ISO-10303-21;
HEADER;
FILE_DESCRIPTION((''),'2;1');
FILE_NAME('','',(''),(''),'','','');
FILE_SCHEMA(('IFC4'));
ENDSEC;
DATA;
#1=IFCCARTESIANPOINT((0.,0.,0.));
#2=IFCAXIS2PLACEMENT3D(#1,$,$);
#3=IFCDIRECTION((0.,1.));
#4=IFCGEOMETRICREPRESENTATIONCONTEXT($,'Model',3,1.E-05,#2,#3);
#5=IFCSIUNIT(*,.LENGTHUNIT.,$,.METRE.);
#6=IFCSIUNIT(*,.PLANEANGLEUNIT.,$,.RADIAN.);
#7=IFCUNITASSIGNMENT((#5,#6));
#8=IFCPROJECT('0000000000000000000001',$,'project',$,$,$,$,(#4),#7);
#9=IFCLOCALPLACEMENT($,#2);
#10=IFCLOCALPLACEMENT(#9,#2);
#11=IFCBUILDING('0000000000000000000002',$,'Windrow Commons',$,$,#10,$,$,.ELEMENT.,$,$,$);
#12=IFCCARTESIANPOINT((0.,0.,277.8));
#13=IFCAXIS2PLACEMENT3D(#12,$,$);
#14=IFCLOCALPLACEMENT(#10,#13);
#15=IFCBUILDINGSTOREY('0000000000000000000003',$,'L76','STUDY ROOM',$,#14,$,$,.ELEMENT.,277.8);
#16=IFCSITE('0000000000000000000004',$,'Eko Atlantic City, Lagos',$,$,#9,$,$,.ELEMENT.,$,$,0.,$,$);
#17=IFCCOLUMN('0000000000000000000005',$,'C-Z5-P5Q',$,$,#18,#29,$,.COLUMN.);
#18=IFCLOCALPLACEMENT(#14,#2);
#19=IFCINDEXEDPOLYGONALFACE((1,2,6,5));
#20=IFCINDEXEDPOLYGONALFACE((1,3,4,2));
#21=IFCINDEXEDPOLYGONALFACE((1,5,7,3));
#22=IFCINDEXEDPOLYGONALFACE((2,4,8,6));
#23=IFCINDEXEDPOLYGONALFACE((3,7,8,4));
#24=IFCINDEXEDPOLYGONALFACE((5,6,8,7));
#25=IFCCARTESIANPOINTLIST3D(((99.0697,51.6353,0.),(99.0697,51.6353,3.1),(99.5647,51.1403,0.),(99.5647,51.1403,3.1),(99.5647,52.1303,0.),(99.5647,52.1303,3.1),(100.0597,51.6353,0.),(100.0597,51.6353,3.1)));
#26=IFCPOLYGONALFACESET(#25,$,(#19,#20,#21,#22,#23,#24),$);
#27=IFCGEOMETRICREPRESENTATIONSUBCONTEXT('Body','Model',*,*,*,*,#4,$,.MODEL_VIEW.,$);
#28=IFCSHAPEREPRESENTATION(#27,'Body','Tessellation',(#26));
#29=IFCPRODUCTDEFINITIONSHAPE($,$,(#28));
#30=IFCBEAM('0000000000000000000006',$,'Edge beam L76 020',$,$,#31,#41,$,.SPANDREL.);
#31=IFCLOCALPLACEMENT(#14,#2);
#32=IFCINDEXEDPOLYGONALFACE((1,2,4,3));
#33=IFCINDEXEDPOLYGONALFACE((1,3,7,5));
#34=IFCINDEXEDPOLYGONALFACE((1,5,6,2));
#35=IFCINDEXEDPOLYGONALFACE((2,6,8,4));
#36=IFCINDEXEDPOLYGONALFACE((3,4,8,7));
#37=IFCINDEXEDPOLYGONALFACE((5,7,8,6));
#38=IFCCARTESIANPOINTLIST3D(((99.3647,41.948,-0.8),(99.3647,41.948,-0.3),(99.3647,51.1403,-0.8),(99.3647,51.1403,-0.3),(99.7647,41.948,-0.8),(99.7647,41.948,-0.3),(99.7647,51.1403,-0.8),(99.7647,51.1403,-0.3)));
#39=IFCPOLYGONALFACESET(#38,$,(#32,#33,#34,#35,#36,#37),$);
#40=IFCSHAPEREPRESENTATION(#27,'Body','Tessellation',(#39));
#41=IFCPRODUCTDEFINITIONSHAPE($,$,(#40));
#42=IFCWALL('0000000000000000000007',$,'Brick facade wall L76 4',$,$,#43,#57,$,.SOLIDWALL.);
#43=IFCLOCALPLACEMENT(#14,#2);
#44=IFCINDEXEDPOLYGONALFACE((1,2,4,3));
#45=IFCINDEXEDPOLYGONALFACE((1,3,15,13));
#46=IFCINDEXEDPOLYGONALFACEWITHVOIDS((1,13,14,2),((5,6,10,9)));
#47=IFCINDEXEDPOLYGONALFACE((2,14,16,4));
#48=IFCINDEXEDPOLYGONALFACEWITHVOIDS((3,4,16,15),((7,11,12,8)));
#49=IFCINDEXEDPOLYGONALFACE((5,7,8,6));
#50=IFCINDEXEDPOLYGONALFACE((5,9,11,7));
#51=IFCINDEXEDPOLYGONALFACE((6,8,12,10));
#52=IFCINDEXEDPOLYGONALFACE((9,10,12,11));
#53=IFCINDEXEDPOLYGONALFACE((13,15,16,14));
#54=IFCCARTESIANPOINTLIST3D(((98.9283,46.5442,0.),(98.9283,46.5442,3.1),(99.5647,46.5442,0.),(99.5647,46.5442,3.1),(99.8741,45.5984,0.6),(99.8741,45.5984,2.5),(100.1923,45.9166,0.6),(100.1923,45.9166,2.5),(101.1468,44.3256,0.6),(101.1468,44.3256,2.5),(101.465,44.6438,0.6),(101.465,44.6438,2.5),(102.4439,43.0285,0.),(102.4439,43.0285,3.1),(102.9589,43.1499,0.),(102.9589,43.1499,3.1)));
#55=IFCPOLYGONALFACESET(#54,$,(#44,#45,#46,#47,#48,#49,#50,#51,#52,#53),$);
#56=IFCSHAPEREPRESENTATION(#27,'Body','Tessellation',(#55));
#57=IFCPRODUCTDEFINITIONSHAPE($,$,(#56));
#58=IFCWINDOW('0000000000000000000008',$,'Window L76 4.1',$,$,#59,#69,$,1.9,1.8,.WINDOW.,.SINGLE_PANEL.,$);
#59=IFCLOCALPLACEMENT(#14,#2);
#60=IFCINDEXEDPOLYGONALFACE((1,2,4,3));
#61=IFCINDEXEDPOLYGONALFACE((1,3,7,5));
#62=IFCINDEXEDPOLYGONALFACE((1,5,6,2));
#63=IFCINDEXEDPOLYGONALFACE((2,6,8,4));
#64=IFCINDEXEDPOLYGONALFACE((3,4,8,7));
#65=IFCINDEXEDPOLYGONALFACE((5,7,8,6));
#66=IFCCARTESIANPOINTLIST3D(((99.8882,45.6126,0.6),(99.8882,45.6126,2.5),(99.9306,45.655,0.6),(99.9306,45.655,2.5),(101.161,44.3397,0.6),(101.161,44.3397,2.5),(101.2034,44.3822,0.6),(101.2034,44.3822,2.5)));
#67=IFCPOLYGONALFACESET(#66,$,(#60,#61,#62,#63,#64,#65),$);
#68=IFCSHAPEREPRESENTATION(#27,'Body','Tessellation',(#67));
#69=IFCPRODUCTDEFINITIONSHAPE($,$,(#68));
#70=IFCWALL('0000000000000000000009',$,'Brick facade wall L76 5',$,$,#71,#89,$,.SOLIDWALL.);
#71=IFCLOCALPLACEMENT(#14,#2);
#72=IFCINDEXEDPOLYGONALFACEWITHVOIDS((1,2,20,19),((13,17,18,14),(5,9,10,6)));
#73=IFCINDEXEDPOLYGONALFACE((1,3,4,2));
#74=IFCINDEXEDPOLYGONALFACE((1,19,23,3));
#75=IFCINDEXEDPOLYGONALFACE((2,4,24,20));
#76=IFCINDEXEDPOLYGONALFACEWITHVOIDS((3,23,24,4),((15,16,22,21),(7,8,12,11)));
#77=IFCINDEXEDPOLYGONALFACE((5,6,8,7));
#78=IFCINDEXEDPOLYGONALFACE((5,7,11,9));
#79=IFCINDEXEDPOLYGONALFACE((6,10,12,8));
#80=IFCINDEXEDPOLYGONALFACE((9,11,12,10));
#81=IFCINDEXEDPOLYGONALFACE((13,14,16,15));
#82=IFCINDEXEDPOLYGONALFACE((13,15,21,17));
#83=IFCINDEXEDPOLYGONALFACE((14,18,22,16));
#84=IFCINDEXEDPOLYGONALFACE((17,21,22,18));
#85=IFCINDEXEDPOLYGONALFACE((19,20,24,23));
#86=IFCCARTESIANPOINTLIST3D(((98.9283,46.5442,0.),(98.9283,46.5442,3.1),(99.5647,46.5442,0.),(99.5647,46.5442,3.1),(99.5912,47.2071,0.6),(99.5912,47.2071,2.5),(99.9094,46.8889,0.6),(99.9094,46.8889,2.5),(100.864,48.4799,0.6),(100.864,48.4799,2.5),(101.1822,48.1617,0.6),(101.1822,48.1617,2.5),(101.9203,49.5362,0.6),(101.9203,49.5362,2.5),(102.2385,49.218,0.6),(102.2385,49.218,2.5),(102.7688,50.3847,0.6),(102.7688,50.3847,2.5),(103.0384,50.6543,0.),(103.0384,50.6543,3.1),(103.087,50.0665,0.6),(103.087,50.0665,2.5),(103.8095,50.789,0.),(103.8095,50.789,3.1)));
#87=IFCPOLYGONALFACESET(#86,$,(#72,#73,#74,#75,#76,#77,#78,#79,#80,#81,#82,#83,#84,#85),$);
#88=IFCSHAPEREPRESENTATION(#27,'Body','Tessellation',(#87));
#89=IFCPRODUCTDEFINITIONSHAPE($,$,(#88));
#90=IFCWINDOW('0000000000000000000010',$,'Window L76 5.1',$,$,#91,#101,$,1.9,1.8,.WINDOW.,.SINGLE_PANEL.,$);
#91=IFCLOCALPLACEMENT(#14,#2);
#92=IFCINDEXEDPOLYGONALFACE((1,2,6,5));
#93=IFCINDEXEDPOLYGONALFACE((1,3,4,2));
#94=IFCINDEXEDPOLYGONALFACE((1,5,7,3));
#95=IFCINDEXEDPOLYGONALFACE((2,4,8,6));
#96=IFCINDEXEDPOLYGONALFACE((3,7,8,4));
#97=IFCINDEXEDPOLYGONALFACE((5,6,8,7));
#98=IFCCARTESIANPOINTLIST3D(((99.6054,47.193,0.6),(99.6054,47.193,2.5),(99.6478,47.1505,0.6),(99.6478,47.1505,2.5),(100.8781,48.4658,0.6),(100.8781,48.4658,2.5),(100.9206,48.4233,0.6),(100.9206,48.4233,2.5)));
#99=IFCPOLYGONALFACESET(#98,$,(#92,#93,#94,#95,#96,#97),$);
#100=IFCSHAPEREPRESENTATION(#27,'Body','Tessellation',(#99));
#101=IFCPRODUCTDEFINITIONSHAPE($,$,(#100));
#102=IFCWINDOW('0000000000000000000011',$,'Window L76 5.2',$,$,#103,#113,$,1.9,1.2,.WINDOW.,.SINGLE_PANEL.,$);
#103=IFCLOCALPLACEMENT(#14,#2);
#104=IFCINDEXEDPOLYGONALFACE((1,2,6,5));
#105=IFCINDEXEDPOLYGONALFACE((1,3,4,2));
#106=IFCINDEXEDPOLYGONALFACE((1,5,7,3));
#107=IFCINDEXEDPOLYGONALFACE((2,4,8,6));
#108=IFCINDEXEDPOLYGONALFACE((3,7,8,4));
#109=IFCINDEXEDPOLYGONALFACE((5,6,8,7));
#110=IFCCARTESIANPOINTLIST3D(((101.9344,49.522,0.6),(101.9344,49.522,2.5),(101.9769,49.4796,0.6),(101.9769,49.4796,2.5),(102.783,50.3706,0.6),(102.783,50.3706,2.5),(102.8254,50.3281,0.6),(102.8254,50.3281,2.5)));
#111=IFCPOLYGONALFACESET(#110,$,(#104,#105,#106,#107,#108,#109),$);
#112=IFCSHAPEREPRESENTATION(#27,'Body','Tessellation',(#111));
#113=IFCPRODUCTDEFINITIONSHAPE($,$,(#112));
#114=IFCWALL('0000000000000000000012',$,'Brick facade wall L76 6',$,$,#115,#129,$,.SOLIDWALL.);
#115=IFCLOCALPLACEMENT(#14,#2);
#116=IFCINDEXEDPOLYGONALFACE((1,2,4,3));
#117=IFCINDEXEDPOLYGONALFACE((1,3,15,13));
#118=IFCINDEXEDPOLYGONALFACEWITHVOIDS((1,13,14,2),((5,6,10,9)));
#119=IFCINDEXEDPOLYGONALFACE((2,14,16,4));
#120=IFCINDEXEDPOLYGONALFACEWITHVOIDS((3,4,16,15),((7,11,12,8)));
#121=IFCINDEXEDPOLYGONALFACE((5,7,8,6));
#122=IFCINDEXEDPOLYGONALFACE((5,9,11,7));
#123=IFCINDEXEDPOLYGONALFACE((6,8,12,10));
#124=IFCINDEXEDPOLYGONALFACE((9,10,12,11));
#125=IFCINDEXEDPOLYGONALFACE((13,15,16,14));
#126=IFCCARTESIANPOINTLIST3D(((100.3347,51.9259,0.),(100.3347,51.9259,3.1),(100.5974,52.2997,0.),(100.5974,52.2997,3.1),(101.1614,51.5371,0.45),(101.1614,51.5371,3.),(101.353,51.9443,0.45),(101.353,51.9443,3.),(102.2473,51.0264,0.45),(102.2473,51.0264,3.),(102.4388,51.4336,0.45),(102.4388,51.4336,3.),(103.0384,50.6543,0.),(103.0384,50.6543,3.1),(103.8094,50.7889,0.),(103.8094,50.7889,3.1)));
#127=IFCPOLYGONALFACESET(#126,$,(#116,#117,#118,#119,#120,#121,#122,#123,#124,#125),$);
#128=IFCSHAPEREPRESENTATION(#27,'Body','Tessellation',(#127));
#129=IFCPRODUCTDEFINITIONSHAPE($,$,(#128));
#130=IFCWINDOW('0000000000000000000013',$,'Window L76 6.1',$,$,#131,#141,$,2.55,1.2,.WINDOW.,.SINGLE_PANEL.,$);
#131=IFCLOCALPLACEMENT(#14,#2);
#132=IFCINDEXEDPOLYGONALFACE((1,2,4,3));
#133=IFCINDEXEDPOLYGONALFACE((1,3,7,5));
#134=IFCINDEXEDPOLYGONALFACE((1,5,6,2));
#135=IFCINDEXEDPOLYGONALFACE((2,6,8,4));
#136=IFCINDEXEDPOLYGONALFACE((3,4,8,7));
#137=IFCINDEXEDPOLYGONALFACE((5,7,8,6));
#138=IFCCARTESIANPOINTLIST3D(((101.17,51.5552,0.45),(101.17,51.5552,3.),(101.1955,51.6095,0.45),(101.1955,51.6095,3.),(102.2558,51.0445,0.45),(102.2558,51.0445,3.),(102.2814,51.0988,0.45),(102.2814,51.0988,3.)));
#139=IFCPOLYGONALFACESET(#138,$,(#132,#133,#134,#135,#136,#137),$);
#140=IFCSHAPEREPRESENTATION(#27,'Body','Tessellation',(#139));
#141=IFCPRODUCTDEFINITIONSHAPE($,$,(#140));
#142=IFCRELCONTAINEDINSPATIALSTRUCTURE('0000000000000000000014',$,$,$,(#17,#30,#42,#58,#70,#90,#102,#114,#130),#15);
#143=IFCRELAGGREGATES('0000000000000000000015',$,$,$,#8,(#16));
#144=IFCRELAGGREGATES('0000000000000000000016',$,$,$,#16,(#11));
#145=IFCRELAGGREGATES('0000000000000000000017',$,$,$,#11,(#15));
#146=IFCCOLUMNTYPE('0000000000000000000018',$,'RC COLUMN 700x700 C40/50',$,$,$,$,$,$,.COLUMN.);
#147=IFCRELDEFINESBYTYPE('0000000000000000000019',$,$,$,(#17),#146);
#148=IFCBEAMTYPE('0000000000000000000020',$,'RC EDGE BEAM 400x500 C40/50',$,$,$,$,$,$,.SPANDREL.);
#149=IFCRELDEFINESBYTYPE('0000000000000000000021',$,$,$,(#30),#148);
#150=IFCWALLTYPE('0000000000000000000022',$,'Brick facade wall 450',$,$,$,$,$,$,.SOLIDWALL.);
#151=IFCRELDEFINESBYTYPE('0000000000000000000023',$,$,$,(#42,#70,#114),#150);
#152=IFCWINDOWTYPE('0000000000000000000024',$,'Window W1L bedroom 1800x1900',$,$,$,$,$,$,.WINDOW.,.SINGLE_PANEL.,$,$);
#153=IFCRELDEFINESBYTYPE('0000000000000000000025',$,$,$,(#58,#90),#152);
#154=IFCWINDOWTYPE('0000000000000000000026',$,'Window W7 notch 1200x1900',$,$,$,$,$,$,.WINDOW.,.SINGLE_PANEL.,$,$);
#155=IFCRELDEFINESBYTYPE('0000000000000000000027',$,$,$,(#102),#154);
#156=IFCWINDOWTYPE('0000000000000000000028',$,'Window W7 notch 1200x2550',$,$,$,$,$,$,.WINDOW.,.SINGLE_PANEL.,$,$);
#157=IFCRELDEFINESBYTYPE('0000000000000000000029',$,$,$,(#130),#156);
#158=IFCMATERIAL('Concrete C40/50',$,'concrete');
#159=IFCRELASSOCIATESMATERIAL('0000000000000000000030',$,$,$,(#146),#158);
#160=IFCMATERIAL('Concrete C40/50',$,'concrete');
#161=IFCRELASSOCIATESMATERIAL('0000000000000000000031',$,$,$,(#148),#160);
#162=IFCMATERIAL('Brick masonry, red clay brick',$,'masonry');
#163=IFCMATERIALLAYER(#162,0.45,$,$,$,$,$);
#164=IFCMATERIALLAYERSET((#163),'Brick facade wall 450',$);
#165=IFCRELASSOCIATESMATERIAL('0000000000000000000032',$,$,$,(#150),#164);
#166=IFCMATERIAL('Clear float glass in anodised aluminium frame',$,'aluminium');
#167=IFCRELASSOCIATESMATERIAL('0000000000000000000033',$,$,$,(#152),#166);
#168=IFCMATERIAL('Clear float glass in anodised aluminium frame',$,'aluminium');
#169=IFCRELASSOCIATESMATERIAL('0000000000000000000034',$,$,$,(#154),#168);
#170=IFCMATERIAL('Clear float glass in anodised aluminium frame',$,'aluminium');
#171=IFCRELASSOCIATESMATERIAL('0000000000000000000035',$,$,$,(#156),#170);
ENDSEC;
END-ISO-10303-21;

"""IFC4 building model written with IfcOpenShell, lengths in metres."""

from ifc_helpers import new_model, si_unit, direction, frame, frame_2d, origin, origin_2d, place, context, subcontext, project, spatial, polyline, rectangle, outline, extrude, material, layer, layer_set, material_profile, profile_set, type_object, element, fill, save


model = new_model("IFC4")

# Units and contexts
model_context = context("Model", 3, precision=1e-05, world=origin(), true_north=direction((0.0, 1.0)))
body_context = subcontext(model_context, "Body", "Model", "MODEL_VIEW")
ifc_project = project(units=[si_unit("LENGTHUNIT", "METRE"), si_unit("PLANEANGLEUNIT", "RADIAN")], contexts=[model_context])

# Site, building, storey
site_placement = place(None, origin())
site = spatial("IfcSite", under=ifc_project, at=site_placement, Name="Eko Atlantic City, Lagos", CompositionType="ELEMENT", RefElevation=0.0)
building_placement = place(site_placement, origin())
building = spatial("IfcBuilding", under=site, at=building_placement, Name="Windrow Commons", CompositionType="ELEMENT")
storey_placement = place(building_placement, frame((0.0, 0.0, 277.8)))
storey = spatial("IfcBuildingStorey", under=building, at=storey_placement, Name="L76", Description="STUDY ROOM", CompositionType="ELEMENT", Elevation=277.8)

# Column
ifc_material_1 = material(Name="Concrete C40/50", Category="concrete")
ifc_material_profile_1 = material_profile(ifc_material_1, rectangle(XDim=0.7, YDim=0.7, at=origin_2d()))
ifc_profile_set_1 = profile_set([ifc_material_profile_1], Name="Concrete C40/50")
column_type = type_object("IfcColumnType", Name="RC COLUMN 700x700 C40/50", PredefinedType="COLUMN", material=ifc_profile_set_1)
column_placement = place(storey_placement, frame((99.5647, 51.6353, 0.0), z_axis=(0.0, 0.0, 1.0), x_axis=(0.707107, -0.707107, 0.0)))
element("IfcColumn", 1, at=column_placement, inside=storey, type_object=column_type, Name="C-Z5-P5Q", PredefinedType="COLUMN", context=body_context, shape_type="SweptSolid", body=[
    extrude(rectangle(XDim=0.7, YDim=0.7, at=origin_2d()), origin(), (0.0, 0.0, 1.0), 3.1),
])

# Beam
ifc_material_2 = material(Name="Concrete C40/50", Category="concrete")
ifc_material_profile_2 = material_profile(ifc_material_2, rectangle(XDim=0.4, YDim=0.5, at=origin_2d()))
ifc_profile_set_2 = profile_set([ifc_material_profile_2], Name="Concrete C40/50")
beam_type = type_object("IfcBeamType", Name="RC EDGE BEAM 400x500 C40/50", PredefinedType="SPANDREL", material=ifc_profile_set_2)
beam_placement = place(storey_placement, frame((99.5647, 51.1403, -0.55), z_axis=(0.0, -1.0, 0.0), x_axis=(1.0, 0.0, 0.0)))
element("IfcBeam", 2, at=beam_placement, inside=storey, type_object=beam_type, Name="Edge beam L76 020", PredefinedType="SPANDREL", context=body_context, shape_type="SweptSolid", body=[
    extrude(rectangle(XDim=0.4, YDim=0.5, at=origin_2d()), origin(), (0.0, 0.0, 1.0), 9.1923),
])

# Wall, opening, window
ifc_material_3 = material(Name="Brick masonry, red clay brick", Category="masonry")
ifc_layer_1 = layer(ifc_material_3, 0.45)
ifc_layer_set_1 = layer_set([ifc_layer_1], Name="Brick facade wall 450")
wall_type_1 = type_object("IfcWallType", Name="Brick facade wall 450", PredefinedType="SOLIDWALL", material=ifc_layer_set_1)
wall_1_placement = place(storey_placement, frame((102.7014, 43.0892, 0.0), z_axis=(0.0, 0.0, 1.0), x_axis=(-0.707097, 0.707117, 0.0)))
wall_1 = element("IfcWall", 3, at=wall_1_placement, inside=storey, type_object=wall_type_1, Name="Brick facade wall L76 4", PredefinedType="SOLIDWALL", context=body_context, shape_type="SweptSolid", body=[
    extrude(outline(polyline([(-0.1391, -0.225), (4.661, -0.225), (5.111, 0.225), (0.1391, 0.225), (-0.1391, -0.225)])), origin(), (0.0, 0.0, 1.0), 3.1),
])
opening_1_placement = place(wall_1_placement, frame((1.9735, 0.0, 0.6)))
opening_1 = element("IfcOpeningElement", 4, at=opening_1_placement, cuts=wall_1, PredefinedType="OPENING", context=body_context, shape_type="SweptSolid", body=[
    extrude(rectangle(XDim=1.8, YDim=1.9, at=frame_2d((0.9, 0.95))), frame((0.0, 0.235, 0.0), z_axis=(0.0, -1.0, 0.0), x_axis=(1.0, 0.0, 0.0)), (0.0, 0.0, 1.0), 0.47),
])
ifc_material_4 = material(Name="Clear float glass in anodised aluminium frame", Category="aluminium")
window_type_1 = type_object("IfcWindowType", Name="Window W1L bedroom 1800x1900", PartitioningType="SINGLE_PANEL", PredefinedType="WINDOW", material=ifc_material_4)
window_1_placement = place(opening_1_placement, origin())
window_1 = element("IfcWindow", 5, at=window_1_placement, inside=storey, type_object=window_type_1, Name="Window L76 4.1", OverallHeight=1.9, OverallWidth=1.8, PartitioningType="SINGLE_PANEL", PredefinedType="WINDOW", context=body_context, shape_type="SweptSolid", body=[
    extrude(rectangle(XDim=1.8, YDim=1.9, at=frame_2d((0.9, 0.95))), frame((0.0, 0.205, 0.0), z_axis=(0.0, -1.0, 0.0), x_axis=(1.0, 0.0, 0.0)), (0.0, 0.0, 1.0), 0.06),
])
fill(opening_1, window_1)

# Wall, openings, windows
wall_2_placement = place(storey_placement, frame((99.2465, 46.5442, 0.0), z_axis=(0.0, 0.0, 1.0), x_axis=(0.707107, 0.707107, 0.0)))
wall_2 = element("IfcWall", 6, at=wall_2_placement, inside=storey, type_object=wall_type_1, Name="Brick facade wall L76 5", PredefinedType="SOLIDWALL", context=body_context, shape_type="SweptSolid", body=[
    extrude(outline(polyline([(0.225, -0.225), (6.228, -0.225), (5.5876, 0.225), (-0.225, 0.225), (0.225, -0.225)])), origin(), (0.0, 0.0, 1.0), 3.1),
])
opening_2_placement = place(wall_2_placement, frame((0.7125, 0.0, 0.6)))
opening_2 = element("IfcOpeningElement", 7, at=opening_2_placement, cuts=wall_2, PredefinedType="OPENING", context=body_context, shape_type="SweptSolid", body=[
    extrude(rectangle(XDim=1.8, YDim=1.9, at=frame_2d((0.9, 0.95))), frame((0.0, 0.235, 0.0), z_axis=(0.0, -1.0, 0.0), x_axis=(1.0, 0.0, 0.0)), (0.0, 0.0, 1.0), 0.47),
])
opening_3_placement = place(wall_2_placement, frame((4.0063, 0.0, 0.6)))
opening_3 = element("IfcOpeningElement", 8, at=opening_3_placement, cuts=wall_2, PredefinedType="OPENING", context=body_context, shape_type="SweptSolid", body=[
    extrude(rectangle(XDim=1.2, YDim=1.9, at=frame_2d((0.6, 0.95))), frame((0.0, 0.235, 0.0), z_axis=(0.0, -1.0, 0.0), x_axis=(1.0, 0.0, 0.0)), (0.0, 0.0, 1.0), 0.47),
])
window_2_placement = place(opening_2_placement, origin())
window_2 = element("IfcWindow", 9, at=window_2_placement, inside=storey, type_object=window_type_1, Name="Window L76 5.1", OverallHeight=1.9, OverallWidth=1.8, PartitioningType="SINGLE_PANEL", PredefinedType="WINDOW", context=body_context, shape_type="SweptSolid", body=[
    extrude(rectangle(XDim=1.8, YDim=1.9, at=frame_2d((0.9, 0.95))), frame((0.0, 0.205, 0.0), z_axis=(0.0, -1.0, 0.0), x_axis=(1.0, 0.0, 0.0)), (0.0, 0.0, 1.0), 0.06),
])
fill(opening_2, window_2)
ifc_material_5 = material(Name="Clear float glass in anodised aluminium frame", Category="aluminium")
window_type_2 = type_object("IfcWindowType", Name="Window W7 notch 1200x1900", PartitioningType="SINGLE_PANEL", PredefinedType="WINDOW", material=ifc_material_5)
window_3_placement = place(opening_3_placement, origin())
window_3 = element("IfcWindow", 10, at=window_3_placement, inside=storey, type_object=window_type_2, Name="Window L76 5.2", OverallHeight=1.9, OverallWidth=1.2, PartitioningType="SINGLE_PANEL", PredefinedType="WINDOW", context=body_context, shape_type="SweptSolid", body=[
    extrude(rectangle(XDim=1.2, YDim=1.9, at=frame_2d((0.6, 0.95))), frame((0.0, 0.205, 0.0), z_axis=(0.0, -1.0, 0.0), x_axis=(1.0, 0.0, 0.0)), (0.0, 0.0, 1.0), 0.06),
])
fill(opening_3, window_3)

# Wall, opening, window
wall_3_placement = place(storey_placement, frame((103.4239, 50.7216, 0.0), z_axis=(0.0, 0.0, 1.0), x_axis=(-0.904902, 0.42562, 0.0)))
wall_3 = element("IfcWall", 11, at=wall_3_placement, inside=storey, type_object=wall_type_1, Name="Brick facade wall L76 6", PredefinedType="SOLIDWALL", context=body_context, shape_type="SweptSolid", body=[
    extrude(outline(polyline([(-0.3202, -0.225), (3.2294, -0.225), (3.308, 0.225), (0.3202, 0.225), (-0.3202, -0.225)])), origin(), (0.0, 0.0, 1.0), 3.1),
])
opening_4_placement = place(wall_3_placement, frame((1.1944, 0.0, 0.45)))
opening_4 = element("IfcOpeningElement", 12, at=opening_4_placement, cuts=wall_3, PredefinedType="OPENING", context=body_context, shape_type="SweptSolid", body=[
    extrude(rectangle(XDim=1.2, YDim=2.55, at=frame_2d((0.6, 1.275))), frame((0.0, 0.235, 0.0), z_axis=(0.0, -1.0, 0.0), x_axis=(1.0, 0.0, 0.0)), (0.0, 0.0, 1.0), 0.47),
])
ifc_material_6 = material(Name="Clear float glass in anodised aluminium frame", Category="aluminium")
window_type_3 = type_object("IfcWindowType", Name="Window W7 notch 1200x2550", PartitioningType="SINGLE_PANEL", PredefinedType="WINDOW", material=ifc_material_6)
window_4_placement = place(opening_4_placement, origin())
window_4 = element("IfcWindow", 13, at=window_4_placement, inside=storey, type_object=window_type_3, Name="Window L76 6.1", OverallHeight=2.55, OverallWidth=1.2, PartitioningType="SINGLE_PANEL", PredefinedType="WINDOW", context=body_context, shape_type="SweptSolid", body=[
    extrude(rectangle(XDim=1.2, YDim=2.55, at=frame_2d((0.6, 1.275))), frame((0.0, 0.205, 0.0), z_axis=(0.0, -1.0, 0.0), x_axis=(1.0, 0.0, 0.0)), (0.0, 0.0, 1.0), 0.06),
])
fill(opening_4, window_4)

save(model, "model.ifc")
